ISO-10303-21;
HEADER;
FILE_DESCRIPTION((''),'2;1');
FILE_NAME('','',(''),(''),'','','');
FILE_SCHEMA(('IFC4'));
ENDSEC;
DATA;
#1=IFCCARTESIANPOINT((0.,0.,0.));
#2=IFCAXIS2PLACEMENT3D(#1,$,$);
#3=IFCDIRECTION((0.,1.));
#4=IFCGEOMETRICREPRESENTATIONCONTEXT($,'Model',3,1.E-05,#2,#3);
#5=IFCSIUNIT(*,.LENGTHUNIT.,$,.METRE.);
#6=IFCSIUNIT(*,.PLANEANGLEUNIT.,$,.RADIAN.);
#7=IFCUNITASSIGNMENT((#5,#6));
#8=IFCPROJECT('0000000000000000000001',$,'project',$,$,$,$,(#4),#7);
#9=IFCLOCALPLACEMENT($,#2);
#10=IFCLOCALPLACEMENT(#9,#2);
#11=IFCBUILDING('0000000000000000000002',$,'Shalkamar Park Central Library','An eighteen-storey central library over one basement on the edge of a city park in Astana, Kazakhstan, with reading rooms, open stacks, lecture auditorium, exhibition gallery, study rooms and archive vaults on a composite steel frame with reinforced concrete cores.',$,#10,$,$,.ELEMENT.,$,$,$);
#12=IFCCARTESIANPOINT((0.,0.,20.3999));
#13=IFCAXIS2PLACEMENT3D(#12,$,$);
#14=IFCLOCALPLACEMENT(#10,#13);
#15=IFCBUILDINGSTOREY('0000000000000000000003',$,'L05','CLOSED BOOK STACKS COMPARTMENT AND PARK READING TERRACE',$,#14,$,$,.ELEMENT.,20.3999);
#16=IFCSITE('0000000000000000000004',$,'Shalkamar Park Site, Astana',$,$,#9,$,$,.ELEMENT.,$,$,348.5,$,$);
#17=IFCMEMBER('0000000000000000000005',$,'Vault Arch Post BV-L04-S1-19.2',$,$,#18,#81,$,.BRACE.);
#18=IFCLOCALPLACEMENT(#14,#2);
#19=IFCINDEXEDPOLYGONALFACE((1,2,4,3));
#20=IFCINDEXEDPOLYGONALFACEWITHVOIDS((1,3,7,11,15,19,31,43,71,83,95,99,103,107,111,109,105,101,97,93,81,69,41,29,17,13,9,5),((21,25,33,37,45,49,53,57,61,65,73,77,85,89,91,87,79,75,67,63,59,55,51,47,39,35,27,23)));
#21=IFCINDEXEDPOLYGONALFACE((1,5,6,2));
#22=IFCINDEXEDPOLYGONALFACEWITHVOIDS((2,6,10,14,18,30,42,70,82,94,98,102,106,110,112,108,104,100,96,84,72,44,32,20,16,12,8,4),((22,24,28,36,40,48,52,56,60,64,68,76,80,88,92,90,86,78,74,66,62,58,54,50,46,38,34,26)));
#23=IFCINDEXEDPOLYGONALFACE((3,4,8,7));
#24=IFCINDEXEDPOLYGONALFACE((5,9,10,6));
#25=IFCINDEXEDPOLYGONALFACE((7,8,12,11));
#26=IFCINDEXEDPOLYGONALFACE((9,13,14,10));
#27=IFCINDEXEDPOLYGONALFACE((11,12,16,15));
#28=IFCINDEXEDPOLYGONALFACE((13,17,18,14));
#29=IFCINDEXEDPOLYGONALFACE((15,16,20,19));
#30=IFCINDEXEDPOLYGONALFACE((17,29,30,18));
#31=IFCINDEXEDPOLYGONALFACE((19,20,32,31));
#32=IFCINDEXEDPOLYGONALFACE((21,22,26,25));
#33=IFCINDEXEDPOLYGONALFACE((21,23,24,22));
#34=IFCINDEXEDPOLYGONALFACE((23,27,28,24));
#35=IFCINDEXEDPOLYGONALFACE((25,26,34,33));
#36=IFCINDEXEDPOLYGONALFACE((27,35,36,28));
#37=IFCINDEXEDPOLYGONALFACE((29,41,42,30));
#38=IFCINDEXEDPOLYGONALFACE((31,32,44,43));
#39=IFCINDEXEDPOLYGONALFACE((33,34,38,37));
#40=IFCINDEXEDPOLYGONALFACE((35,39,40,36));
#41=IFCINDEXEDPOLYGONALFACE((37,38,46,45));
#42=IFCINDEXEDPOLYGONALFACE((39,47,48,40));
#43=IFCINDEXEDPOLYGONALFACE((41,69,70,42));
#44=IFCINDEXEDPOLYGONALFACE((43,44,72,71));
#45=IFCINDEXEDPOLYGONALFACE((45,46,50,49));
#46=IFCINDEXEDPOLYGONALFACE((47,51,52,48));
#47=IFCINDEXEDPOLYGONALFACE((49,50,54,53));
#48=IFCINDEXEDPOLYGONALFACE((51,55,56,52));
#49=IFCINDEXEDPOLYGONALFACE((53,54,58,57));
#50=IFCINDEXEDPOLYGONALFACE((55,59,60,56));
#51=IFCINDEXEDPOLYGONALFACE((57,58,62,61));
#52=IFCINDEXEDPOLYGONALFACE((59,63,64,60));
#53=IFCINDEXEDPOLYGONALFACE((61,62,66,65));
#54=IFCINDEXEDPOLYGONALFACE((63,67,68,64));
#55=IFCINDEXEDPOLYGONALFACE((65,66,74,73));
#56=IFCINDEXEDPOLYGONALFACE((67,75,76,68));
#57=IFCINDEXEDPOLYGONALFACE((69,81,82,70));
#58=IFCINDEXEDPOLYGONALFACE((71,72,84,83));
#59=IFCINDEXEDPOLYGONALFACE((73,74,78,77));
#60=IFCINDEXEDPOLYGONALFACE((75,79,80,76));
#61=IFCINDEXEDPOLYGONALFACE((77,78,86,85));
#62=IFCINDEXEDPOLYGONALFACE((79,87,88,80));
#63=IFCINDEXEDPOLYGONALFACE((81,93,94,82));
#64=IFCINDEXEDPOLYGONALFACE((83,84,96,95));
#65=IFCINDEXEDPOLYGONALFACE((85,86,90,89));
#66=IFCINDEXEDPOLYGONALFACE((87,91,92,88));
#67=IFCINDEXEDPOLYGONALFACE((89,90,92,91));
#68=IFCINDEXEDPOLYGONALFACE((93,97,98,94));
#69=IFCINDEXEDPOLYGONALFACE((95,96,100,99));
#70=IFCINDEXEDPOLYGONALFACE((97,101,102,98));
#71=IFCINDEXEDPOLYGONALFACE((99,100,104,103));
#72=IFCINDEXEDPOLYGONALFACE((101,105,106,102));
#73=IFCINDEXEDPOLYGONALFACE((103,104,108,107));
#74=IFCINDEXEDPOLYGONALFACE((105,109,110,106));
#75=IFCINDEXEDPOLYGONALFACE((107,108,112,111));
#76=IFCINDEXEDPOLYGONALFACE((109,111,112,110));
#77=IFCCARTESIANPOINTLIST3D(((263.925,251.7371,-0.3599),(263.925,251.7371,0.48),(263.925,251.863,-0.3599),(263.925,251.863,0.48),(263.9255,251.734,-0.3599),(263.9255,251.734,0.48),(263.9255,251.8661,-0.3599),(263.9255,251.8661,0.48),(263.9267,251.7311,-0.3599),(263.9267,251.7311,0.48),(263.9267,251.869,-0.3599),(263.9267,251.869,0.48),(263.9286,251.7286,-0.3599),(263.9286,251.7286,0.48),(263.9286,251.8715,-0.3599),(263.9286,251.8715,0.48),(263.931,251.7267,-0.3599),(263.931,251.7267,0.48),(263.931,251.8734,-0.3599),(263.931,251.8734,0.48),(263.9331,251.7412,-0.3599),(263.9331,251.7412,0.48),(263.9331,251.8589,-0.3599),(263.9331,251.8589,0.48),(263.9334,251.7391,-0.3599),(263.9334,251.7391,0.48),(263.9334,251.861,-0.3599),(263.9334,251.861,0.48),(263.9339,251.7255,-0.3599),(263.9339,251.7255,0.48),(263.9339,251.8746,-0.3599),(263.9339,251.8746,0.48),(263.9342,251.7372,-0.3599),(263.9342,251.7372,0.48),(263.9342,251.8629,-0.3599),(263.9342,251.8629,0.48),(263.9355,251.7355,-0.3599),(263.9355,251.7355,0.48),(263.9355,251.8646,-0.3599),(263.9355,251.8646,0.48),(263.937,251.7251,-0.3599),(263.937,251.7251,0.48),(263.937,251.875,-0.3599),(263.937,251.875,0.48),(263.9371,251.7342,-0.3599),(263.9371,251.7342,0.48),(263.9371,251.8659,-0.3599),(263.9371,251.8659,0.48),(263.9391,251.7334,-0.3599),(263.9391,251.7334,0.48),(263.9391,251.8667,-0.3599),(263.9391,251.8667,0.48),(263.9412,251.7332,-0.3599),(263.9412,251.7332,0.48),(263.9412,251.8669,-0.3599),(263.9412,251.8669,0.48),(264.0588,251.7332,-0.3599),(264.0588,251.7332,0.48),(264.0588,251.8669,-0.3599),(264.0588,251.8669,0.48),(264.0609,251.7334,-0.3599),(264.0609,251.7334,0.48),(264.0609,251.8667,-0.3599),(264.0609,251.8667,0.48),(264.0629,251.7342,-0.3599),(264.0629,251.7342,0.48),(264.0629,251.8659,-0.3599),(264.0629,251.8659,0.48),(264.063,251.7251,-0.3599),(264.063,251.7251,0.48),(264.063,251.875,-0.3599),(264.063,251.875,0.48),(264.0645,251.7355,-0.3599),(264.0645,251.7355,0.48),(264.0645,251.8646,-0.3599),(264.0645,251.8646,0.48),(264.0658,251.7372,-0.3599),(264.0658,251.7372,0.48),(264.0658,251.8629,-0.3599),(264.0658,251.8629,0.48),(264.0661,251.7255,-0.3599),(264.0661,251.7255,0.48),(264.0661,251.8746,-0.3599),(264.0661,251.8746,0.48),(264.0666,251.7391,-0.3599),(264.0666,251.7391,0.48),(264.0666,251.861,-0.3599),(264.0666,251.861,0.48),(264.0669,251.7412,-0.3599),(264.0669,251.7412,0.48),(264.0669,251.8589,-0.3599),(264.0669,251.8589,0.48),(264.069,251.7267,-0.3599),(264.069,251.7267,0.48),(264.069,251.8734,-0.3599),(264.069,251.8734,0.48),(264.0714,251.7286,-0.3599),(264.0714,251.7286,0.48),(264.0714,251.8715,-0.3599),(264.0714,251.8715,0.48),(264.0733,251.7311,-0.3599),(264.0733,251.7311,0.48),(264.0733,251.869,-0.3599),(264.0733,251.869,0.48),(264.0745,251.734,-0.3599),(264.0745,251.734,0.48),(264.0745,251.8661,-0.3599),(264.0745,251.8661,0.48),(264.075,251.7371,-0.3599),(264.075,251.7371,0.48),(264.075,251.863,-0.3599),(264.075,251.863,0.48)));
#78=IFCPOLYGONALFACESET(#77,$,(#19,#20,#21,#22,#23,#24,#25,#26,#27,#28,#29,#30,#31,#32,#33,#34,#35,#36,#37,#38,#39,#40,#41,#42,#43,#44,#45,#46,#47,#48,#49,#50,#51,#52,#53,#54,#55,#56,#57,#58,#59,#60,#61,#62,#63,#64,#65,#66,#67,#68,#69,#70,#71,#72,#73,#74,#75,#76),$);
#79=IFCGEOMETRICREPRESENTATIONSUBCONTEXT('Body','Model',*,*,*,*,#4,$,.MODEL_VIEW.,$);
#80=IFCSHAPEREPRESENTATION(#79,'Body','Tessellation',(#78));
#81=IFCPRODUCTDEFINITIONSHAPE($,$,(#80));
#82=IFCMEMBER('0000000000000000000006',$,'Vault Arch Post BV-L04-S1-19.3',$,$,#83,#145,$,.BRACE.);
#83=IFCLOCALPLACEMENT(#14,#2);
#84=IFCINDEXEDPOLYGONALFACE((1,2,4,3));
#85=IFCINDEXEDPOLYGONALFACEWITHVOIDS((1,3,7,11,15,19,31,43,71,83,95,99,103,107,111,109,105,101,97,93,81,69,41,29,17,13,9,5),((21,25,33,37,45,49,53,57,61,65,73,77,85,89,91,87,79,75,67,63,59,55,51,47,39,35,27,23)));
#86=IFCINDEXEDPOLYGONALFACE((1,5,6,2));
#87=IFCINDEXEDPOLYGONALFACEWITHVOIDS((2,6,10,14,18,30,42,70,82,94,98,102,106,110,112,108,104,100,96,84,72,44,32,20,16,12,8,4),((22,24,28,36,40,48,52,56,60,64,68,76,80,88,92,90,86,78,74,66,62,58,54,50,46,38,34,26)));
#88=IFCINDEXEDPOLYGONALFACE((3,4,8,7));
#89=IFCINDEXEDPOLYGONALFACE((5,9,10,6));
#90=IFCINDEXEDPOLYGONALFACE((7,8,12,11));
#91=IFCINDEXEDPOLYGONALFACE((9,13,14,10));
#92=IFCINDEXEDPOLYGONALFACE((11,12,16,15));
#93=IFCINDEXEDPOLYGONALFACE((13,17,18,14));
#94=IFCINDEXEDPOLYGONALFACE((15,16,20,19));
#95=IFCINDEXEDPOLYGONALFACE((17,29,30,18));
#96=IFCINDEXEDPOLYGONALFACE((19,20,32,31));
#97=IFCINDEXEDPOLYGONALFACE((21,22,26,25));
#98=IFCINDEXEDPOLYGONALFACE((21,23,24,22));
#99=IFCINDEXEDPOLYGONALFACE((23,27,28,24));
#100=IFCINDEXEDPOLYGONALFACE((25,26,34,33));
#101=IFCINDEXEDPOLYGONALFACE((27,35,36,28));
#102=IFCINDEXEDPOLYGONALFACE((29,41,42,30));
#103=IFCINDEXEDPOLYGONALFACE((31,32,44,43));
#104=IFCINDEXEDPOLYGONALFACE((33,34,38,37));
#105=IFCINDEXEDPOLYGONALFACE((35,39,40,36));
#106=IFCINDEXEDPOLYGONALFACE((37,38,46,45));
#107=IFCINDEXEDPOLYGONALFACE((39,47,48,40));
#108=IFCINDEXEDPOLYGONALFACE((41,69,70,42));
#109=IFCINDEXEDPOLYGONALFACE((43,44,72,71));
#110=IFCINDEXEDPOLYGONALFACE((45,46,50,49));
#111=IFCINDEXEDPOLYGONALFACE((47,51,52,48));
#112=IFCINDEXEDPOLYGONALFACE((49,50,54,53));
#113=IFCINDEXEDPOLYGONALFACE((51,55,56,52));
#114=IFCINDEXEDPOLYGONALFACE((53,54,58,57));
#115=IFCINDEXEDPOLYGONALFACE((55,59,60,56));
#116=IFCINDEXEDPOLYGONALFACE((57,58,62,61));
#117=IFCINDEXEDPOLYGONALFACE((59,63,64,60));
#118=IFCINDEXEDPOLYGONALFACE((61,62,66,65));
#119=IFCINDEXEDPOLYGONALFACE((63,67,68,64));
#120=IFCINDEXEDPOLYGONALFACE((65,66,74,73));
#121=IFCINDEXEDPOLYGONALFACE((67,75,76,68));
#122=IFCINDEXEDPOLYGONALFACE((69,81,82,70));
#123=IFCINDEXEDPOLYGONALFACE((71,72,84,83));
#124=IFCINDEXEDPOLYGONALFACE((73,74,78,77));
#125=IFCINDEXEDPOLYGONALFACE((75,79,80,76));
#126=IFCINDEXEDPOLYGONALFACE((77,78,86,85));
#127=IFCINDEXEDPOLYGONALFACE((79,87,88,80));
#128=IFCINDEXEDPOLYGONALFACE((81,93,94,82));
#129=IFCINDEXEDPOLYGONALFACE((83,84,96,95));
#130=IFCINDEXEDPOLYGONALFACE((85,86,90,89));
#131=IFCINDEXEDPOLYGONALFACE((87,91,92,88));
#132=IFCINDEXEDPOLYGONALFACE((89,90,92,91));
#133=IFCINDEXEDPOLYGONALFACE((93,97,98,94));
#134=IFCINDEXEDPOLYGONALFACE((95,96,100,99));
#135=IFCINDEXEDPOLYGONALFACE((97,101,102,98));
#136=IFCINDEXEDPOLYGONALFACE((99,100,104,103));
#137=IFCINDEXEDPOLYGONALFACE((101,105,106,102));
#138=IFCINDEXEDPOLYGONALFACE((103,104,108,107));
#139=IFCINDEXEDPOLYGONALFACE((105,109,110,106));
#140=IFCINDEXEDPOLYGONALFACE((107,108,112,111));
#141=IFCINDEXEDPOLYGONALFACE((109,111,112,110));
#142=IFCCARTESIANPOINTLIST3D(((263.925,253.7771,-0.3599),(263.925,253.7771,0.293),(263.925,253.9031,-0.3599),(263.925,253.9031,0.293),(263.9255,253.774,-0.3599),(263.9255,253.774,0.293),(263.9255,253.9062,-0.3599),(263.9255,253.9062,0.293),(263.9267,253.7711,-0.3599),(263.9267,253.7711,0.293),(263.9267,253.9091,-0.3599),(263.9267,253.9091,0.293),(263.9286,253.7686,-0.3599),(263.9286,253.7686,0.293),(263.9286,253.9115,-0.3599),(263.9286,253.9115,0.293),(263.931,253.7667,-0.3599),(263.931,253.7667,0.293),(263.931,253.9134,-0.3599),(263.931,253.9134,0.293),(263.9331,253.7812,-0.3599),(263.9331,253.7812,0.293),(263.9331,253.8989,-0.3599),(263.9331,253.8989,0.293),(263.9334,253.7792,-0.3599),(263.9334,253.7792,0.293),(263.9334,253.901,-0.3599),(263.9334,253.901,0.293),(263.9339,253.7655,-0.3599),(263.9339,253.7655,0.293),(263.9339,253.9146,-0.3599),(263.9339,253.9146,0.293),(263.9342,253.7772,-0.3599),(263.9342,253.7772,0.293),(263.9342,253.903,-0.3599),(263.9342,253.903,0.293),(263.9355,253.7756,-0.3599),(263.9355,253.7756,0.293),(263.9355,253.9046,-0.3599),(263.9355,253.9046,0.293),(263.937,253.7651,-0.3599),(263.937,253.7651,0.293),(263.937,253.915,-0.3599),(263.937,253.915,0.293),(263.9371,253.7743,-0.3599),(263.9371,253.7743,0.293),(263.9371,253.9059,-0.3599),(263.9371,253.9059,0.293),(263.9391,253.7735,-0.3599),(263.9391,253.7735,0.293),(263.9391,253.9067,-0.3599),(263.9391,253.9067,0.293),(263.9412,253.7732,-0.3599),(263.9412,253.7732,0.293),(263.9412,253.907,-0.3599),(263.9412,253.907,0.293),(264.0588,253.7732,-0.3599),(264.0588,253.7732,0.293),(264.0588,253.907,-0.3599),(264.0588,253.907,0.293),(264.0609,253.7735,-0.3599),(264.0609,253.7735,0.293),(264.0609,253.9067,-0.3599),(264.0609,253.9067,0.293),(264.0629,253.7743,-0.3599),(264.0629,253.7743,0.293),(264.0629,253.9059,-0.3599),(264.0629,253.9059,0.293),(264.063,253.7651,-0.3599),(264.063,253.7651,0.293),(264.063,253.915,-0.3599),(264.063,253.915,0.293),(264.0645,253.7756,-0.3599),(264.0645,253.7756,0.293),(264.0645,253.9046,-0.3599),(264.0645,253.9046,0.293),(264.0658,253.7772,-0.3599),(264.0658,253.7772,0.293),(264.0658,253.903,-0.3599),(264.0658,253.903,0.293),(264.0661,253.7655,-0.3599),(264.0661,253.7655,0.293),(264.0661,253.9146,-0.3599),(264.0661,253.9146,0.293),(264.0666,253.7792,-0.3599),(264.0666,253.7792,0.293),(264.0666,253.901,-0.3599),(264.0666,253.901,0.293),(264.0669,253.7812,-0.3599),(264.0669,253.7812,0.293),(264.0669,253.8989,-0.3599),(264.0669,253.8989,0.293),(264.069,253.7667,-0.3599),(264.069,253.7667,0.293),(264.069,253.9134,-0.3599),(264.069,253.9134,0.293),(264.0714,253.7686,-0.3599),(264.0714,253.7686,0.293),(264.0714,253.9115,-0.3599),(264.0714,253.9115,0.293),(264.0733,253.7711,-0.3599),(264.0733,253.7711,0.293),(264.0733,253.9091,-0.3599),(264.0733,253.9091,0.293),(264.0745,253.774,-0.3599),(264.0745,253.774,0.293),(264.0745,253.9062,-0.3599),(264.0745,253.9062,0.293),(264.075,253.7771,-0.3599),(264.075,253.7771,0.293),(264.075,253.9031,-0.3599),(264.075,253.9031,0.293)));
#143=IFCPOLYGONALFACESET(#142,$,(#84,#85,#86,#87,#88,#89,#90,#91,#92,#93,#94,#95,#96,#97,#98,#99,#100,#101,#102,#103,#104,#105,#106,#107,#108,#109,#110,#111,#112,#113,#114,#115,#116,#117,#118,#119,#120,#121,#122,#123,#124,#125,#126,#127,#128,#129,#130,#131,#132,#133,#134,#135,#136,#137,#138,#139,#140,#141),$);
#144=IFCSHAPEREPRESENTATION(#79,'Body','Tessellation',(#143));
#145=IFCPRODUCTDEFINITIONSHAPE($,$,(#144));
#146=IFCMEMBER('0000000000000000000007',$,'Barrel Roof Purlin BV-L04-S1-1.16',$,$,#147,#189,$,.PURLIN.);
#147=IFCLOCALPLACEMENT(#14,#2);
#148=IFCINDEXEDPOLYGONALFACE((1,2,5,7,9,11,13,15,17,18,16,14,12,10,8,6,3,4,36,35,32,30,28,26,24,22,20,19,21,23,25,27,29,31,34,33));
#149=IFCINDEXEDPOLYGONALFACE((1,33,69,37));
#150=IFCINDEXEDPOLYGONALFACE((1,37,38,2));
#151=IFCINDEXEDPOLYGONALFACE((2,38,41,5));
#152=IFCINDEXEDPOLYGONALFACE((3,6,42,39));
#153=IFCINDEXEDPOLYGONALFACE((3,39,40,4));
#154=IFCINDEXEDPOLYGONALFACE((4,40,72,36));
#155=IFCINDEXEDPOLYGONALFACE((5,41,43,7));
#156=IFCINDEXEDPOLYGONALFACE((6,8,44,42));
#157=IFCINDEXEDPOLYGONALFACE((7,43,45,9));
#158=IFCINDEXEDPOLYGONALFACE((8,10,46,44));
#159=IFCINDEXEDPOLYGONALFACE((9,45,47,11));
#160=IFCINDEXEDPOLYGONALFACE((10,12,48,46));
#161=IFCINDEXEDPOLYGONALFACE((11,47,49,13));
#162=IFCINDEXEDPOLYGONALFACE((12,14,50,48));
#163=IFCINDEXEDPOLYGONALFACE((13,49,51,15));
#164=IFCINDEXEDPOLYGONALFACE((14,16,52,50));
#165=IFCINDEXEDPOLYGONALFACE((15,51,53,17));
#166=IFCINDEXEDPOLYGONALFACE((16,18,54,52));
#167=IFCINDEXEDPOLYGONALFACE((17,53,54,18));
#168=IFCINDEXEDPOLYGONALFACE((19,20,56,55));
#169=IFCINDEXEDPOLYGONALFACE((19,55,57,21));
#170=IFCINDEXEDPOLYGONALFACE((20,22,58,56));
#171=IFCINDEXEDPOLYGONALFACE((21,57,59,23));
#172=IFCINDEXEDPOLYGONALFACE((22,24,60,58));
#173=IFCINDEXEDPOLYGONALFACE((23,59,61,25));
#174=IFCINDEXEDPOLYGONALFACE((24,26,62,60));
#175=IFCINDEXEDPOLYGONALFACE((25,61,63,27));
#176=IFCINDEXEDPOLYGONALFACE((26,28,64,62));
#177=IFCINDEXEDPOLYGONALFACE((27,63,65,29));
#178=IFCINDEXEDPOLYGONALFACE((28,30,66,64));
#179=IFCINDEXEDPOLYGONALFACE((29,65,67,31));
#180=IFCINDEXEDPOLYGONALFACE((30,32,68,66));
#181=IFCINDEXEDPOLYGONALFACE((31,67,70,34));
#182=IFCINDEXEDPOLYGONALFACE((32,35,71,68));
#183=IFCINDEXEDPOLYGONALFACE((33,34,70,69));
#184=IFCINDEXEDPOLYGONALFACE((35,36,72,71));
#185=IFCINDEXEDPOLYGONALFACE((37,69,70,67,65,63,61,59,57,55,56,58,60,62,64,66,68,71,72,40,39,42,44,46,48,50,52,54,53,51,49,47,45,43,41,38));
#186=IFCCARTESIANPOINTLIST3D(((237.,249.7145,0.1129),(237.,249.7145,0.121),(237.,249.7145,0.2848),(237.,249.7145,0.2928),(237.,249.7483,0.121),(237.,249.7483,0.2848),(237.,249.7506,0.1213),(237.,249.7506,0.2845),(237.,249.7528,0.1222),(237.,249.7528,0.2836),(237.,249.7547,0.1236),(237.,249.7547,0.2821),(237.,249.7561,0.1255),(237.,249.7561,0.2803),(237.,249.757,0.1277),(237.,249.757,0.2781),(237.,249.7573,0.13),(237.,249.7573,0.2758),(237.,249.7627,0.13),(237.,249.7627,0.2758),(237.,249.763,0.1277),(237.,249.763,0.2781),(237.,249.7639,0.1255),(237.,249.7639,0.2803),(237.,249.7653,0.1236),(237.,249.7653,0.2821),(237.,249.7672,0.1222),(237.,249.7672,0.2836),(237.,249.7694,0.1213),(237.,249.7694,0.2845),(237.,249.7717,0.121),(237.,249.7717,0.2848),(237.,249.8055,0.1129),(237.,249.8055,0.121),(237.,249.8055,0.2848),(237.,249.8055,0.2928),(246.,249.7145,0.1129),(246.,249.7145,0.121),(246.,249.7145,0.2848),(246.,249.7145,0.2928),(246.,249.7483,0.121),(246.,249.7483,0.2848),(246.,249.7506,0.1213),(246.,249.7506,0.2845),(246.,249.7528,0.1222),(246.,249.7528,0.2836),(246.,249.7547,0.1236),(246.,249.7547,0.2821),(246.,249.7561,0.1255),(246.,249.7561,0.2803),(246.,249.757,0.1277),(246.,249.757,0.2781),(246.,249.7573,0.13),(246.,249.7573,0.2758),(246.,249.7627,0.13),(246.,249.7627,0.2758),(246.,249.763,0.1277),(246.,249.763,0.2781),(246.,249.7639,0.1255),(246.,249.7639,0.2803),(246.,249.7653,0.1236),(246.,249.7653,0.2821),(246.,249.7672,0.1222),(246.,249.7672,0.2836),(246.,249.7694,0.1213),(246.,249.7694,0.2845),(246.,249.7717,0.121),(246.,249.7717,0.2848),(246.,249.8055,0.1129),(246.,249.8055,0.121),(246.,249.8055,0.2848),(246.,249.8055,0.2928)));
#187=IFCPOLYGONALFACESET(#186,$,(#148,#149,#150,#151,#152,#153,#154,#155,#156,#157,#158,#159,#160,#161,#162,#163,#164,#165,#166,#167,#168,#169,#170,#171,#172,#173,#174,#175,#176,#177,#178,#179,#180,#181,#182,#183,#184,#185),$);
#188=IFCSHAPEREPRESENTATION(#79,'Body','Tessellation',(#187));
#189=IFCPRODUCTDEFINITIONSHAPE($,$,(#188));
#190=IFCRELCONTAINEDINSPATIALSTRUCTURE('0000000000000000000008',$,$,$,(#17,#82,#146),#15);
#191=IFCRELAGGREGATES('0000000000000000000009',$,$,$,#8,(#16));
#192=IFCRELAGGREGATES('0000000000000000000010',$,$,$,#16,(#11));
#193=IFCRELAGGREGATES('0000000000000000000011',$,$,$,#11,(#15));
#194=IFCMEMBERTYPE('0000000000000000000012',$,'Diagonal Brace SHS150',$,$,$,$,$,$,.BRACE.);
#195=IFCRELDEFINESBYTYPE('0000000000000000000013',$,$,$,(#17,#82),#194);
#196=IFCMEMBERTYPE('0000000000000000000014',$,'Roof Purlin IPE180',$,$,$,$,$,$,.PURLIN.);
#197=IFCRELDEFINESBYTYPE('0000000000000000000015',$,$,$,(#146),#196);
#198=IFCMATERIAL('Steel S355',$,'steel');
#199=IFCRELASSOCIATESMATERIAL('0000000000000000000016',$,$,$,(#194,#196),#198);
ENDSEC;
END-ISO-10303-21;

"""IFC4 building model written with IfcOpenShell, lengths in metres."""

from ifc_helpers import new_model, si_unit, direction, frame, origin, origin_2d, place, context, subcontext, project, spatial, hollow_rectangle, i_section, extrude, material, material_profile, profile_set, type_object, element, save


model = new_model("IFC4")

# Units and contexts
model_context = context("Model", 3, precision=1e-05, world=origin(), true_north=direction((0.0, 1.0)))
body_context = subcontext(model_context, "Body", "Model", "MODEL_VIEW")
ifc_project = project(units=[si_unit("LENGTHUNIT", "METRE"), si_unit("PLANEANGLEUNIT", "RADIAN")], contexts=[model_context])

# Site, building, storey
site_placement = place(None, origin())
site = spatial("IfcSite", under=ifc_project, at=site_placement, Name="Shalkamar Park Site, Astana", CompositionType="ELEMENT", RefElevation=348.5)
building_placement = place(site_placement, origin())
building = spatial("IfcBuilding", under=site, at=building_placement, Name="Shalkamar Park Central Library", Description="An eighteen-storey central library over one basement on the edge of a city park in Astana, Kazakhstan, with reading rooms, open stacks, lecture auditorium, exhibition gallery, study rooms and archive vaults on a composite steel frame with reinforced concrete cores.", CompositionType="ELEMENT")
storey_placement = place(building_placement, frame((0.0, 0.0, 20.3999)))
storey = spatial("IfcBuildingStorey", under=building, at=storey_placement, Name="L05", Description="CLOSED BOOK STACKS COMPARTMENT AND PARK READING TERRACE", CompositionType="ELEMENT", Elevation=20.3999)

# Members
ifc_material = material(Name="Steel S355", Category="steel")
ifc_material_profile_1 = material_profile(ifc_material, hollow_rectangle(XDim=0.1499, YDim=0.1499, WallThickness=0.0081, InnerFilletRadius=0.0081, OuterFilletRadius=0.012, at=origin_2d()), Name="SHS 150x150x8")
ifc_profile_set_1 = profile_set([ifc_material_profile_1], Name="Steel S355")
member_type_1 = type_object("IfcMemberType", Name="Diagonal Brace SHS150", PredefinedType="BRACE", material=ifc_profile_set_1)
member_1_placement = place(storey_placement, frame((264.0, 251.8, -0.3599), z_axis=(0.0, 0.0, 1.0), x_axis=(1.0, 0.0, 0.0)))
element("IfcMember", 1, at=member_1_placement, inside=storey, type_object=member_type_1, Name="Vault Arch Post BV-L04-S1-19.2", PredefinedType="BRACE", context=body_context, shape_type="SweptSolid", body=[
    extrude(hollow_rectangle(XDim=0.1499, YDim=0.1499, WallThickness=0.0081, InnerFilletRadius=0.0081, OuterFilletRadius=0.012, at=origin_2d()), origin(), (0.0, 0.0, 1.0), 0.8398),
])
member_2_placement = place(storey_placement, frame((264.0, 253.8401, -0.3599), z_axis=(0.0, 0.0, 1.0), x_axis=(1.0, 0.0, 0.0)))
element("IfcMember", 2, at=member_2_placement, inside=storey, type_object=member_type_1, Name="Vault Arch Post BV-L04-S1-19.3", PredefinedType="BRACE", context=body_context, shape_type="SweptSolid", body=[
    extrude(hollow_rectangle(XDim=0.1499, YDim=0.1499, WallThickness=0.0081, InnerFilletRadius=0.0081, OuterFilletRadius=0.012, at=origin_2d()), origin(), (0.0, 0.0, 1.0), 0.6528),
])
ifc_material_profile_2 = material_profile(ifc_material, i_section(OverallWidth=0.0911, OverallDepth=0.1799, WebThickness=0.0054, FlangeThickness=0.0081, FilletRadius=0.009, at=origin_2d()), Name="IPE 180")
ifc_profile_set_2 = profile_set([ifc_material_profile_2], Name="Steel S355")
member_type_2 = type_object("IfcMemberType", Name="Roof Purlin IPE180", PredefinedType="PURLIN", material=ifc_profile_set_2)
for number, where, z_axis, x_axis, name in (
    (3, (237.0, 249.76, 0.2029), (1.0, 0.0, 0.0), (0.0, 1.0, 0.0), "Barrel Roof Purlin BV-L04-S1-1.16"),
):
    element("IfcMember", number, at=place(storey_placement, frame(where, z_axis=z_axis, x_axis=x_axis)), inside=storey, type_object=member_type_2, Name=name, PredefinedType="PURLIN", context=body_context, shape_type="SweptSolid", body=[
        extrude(i_section(OverallWidth=0.0911, OverallDepth=0.1799, WebThickness=0.0054, FlangeThickness=0.0081, FilletRadius=0.009, at=origin_2d()), origin(), (0.0, 0.0, 1.0), 9.0),
    ])

save(model, "model.ifc")
